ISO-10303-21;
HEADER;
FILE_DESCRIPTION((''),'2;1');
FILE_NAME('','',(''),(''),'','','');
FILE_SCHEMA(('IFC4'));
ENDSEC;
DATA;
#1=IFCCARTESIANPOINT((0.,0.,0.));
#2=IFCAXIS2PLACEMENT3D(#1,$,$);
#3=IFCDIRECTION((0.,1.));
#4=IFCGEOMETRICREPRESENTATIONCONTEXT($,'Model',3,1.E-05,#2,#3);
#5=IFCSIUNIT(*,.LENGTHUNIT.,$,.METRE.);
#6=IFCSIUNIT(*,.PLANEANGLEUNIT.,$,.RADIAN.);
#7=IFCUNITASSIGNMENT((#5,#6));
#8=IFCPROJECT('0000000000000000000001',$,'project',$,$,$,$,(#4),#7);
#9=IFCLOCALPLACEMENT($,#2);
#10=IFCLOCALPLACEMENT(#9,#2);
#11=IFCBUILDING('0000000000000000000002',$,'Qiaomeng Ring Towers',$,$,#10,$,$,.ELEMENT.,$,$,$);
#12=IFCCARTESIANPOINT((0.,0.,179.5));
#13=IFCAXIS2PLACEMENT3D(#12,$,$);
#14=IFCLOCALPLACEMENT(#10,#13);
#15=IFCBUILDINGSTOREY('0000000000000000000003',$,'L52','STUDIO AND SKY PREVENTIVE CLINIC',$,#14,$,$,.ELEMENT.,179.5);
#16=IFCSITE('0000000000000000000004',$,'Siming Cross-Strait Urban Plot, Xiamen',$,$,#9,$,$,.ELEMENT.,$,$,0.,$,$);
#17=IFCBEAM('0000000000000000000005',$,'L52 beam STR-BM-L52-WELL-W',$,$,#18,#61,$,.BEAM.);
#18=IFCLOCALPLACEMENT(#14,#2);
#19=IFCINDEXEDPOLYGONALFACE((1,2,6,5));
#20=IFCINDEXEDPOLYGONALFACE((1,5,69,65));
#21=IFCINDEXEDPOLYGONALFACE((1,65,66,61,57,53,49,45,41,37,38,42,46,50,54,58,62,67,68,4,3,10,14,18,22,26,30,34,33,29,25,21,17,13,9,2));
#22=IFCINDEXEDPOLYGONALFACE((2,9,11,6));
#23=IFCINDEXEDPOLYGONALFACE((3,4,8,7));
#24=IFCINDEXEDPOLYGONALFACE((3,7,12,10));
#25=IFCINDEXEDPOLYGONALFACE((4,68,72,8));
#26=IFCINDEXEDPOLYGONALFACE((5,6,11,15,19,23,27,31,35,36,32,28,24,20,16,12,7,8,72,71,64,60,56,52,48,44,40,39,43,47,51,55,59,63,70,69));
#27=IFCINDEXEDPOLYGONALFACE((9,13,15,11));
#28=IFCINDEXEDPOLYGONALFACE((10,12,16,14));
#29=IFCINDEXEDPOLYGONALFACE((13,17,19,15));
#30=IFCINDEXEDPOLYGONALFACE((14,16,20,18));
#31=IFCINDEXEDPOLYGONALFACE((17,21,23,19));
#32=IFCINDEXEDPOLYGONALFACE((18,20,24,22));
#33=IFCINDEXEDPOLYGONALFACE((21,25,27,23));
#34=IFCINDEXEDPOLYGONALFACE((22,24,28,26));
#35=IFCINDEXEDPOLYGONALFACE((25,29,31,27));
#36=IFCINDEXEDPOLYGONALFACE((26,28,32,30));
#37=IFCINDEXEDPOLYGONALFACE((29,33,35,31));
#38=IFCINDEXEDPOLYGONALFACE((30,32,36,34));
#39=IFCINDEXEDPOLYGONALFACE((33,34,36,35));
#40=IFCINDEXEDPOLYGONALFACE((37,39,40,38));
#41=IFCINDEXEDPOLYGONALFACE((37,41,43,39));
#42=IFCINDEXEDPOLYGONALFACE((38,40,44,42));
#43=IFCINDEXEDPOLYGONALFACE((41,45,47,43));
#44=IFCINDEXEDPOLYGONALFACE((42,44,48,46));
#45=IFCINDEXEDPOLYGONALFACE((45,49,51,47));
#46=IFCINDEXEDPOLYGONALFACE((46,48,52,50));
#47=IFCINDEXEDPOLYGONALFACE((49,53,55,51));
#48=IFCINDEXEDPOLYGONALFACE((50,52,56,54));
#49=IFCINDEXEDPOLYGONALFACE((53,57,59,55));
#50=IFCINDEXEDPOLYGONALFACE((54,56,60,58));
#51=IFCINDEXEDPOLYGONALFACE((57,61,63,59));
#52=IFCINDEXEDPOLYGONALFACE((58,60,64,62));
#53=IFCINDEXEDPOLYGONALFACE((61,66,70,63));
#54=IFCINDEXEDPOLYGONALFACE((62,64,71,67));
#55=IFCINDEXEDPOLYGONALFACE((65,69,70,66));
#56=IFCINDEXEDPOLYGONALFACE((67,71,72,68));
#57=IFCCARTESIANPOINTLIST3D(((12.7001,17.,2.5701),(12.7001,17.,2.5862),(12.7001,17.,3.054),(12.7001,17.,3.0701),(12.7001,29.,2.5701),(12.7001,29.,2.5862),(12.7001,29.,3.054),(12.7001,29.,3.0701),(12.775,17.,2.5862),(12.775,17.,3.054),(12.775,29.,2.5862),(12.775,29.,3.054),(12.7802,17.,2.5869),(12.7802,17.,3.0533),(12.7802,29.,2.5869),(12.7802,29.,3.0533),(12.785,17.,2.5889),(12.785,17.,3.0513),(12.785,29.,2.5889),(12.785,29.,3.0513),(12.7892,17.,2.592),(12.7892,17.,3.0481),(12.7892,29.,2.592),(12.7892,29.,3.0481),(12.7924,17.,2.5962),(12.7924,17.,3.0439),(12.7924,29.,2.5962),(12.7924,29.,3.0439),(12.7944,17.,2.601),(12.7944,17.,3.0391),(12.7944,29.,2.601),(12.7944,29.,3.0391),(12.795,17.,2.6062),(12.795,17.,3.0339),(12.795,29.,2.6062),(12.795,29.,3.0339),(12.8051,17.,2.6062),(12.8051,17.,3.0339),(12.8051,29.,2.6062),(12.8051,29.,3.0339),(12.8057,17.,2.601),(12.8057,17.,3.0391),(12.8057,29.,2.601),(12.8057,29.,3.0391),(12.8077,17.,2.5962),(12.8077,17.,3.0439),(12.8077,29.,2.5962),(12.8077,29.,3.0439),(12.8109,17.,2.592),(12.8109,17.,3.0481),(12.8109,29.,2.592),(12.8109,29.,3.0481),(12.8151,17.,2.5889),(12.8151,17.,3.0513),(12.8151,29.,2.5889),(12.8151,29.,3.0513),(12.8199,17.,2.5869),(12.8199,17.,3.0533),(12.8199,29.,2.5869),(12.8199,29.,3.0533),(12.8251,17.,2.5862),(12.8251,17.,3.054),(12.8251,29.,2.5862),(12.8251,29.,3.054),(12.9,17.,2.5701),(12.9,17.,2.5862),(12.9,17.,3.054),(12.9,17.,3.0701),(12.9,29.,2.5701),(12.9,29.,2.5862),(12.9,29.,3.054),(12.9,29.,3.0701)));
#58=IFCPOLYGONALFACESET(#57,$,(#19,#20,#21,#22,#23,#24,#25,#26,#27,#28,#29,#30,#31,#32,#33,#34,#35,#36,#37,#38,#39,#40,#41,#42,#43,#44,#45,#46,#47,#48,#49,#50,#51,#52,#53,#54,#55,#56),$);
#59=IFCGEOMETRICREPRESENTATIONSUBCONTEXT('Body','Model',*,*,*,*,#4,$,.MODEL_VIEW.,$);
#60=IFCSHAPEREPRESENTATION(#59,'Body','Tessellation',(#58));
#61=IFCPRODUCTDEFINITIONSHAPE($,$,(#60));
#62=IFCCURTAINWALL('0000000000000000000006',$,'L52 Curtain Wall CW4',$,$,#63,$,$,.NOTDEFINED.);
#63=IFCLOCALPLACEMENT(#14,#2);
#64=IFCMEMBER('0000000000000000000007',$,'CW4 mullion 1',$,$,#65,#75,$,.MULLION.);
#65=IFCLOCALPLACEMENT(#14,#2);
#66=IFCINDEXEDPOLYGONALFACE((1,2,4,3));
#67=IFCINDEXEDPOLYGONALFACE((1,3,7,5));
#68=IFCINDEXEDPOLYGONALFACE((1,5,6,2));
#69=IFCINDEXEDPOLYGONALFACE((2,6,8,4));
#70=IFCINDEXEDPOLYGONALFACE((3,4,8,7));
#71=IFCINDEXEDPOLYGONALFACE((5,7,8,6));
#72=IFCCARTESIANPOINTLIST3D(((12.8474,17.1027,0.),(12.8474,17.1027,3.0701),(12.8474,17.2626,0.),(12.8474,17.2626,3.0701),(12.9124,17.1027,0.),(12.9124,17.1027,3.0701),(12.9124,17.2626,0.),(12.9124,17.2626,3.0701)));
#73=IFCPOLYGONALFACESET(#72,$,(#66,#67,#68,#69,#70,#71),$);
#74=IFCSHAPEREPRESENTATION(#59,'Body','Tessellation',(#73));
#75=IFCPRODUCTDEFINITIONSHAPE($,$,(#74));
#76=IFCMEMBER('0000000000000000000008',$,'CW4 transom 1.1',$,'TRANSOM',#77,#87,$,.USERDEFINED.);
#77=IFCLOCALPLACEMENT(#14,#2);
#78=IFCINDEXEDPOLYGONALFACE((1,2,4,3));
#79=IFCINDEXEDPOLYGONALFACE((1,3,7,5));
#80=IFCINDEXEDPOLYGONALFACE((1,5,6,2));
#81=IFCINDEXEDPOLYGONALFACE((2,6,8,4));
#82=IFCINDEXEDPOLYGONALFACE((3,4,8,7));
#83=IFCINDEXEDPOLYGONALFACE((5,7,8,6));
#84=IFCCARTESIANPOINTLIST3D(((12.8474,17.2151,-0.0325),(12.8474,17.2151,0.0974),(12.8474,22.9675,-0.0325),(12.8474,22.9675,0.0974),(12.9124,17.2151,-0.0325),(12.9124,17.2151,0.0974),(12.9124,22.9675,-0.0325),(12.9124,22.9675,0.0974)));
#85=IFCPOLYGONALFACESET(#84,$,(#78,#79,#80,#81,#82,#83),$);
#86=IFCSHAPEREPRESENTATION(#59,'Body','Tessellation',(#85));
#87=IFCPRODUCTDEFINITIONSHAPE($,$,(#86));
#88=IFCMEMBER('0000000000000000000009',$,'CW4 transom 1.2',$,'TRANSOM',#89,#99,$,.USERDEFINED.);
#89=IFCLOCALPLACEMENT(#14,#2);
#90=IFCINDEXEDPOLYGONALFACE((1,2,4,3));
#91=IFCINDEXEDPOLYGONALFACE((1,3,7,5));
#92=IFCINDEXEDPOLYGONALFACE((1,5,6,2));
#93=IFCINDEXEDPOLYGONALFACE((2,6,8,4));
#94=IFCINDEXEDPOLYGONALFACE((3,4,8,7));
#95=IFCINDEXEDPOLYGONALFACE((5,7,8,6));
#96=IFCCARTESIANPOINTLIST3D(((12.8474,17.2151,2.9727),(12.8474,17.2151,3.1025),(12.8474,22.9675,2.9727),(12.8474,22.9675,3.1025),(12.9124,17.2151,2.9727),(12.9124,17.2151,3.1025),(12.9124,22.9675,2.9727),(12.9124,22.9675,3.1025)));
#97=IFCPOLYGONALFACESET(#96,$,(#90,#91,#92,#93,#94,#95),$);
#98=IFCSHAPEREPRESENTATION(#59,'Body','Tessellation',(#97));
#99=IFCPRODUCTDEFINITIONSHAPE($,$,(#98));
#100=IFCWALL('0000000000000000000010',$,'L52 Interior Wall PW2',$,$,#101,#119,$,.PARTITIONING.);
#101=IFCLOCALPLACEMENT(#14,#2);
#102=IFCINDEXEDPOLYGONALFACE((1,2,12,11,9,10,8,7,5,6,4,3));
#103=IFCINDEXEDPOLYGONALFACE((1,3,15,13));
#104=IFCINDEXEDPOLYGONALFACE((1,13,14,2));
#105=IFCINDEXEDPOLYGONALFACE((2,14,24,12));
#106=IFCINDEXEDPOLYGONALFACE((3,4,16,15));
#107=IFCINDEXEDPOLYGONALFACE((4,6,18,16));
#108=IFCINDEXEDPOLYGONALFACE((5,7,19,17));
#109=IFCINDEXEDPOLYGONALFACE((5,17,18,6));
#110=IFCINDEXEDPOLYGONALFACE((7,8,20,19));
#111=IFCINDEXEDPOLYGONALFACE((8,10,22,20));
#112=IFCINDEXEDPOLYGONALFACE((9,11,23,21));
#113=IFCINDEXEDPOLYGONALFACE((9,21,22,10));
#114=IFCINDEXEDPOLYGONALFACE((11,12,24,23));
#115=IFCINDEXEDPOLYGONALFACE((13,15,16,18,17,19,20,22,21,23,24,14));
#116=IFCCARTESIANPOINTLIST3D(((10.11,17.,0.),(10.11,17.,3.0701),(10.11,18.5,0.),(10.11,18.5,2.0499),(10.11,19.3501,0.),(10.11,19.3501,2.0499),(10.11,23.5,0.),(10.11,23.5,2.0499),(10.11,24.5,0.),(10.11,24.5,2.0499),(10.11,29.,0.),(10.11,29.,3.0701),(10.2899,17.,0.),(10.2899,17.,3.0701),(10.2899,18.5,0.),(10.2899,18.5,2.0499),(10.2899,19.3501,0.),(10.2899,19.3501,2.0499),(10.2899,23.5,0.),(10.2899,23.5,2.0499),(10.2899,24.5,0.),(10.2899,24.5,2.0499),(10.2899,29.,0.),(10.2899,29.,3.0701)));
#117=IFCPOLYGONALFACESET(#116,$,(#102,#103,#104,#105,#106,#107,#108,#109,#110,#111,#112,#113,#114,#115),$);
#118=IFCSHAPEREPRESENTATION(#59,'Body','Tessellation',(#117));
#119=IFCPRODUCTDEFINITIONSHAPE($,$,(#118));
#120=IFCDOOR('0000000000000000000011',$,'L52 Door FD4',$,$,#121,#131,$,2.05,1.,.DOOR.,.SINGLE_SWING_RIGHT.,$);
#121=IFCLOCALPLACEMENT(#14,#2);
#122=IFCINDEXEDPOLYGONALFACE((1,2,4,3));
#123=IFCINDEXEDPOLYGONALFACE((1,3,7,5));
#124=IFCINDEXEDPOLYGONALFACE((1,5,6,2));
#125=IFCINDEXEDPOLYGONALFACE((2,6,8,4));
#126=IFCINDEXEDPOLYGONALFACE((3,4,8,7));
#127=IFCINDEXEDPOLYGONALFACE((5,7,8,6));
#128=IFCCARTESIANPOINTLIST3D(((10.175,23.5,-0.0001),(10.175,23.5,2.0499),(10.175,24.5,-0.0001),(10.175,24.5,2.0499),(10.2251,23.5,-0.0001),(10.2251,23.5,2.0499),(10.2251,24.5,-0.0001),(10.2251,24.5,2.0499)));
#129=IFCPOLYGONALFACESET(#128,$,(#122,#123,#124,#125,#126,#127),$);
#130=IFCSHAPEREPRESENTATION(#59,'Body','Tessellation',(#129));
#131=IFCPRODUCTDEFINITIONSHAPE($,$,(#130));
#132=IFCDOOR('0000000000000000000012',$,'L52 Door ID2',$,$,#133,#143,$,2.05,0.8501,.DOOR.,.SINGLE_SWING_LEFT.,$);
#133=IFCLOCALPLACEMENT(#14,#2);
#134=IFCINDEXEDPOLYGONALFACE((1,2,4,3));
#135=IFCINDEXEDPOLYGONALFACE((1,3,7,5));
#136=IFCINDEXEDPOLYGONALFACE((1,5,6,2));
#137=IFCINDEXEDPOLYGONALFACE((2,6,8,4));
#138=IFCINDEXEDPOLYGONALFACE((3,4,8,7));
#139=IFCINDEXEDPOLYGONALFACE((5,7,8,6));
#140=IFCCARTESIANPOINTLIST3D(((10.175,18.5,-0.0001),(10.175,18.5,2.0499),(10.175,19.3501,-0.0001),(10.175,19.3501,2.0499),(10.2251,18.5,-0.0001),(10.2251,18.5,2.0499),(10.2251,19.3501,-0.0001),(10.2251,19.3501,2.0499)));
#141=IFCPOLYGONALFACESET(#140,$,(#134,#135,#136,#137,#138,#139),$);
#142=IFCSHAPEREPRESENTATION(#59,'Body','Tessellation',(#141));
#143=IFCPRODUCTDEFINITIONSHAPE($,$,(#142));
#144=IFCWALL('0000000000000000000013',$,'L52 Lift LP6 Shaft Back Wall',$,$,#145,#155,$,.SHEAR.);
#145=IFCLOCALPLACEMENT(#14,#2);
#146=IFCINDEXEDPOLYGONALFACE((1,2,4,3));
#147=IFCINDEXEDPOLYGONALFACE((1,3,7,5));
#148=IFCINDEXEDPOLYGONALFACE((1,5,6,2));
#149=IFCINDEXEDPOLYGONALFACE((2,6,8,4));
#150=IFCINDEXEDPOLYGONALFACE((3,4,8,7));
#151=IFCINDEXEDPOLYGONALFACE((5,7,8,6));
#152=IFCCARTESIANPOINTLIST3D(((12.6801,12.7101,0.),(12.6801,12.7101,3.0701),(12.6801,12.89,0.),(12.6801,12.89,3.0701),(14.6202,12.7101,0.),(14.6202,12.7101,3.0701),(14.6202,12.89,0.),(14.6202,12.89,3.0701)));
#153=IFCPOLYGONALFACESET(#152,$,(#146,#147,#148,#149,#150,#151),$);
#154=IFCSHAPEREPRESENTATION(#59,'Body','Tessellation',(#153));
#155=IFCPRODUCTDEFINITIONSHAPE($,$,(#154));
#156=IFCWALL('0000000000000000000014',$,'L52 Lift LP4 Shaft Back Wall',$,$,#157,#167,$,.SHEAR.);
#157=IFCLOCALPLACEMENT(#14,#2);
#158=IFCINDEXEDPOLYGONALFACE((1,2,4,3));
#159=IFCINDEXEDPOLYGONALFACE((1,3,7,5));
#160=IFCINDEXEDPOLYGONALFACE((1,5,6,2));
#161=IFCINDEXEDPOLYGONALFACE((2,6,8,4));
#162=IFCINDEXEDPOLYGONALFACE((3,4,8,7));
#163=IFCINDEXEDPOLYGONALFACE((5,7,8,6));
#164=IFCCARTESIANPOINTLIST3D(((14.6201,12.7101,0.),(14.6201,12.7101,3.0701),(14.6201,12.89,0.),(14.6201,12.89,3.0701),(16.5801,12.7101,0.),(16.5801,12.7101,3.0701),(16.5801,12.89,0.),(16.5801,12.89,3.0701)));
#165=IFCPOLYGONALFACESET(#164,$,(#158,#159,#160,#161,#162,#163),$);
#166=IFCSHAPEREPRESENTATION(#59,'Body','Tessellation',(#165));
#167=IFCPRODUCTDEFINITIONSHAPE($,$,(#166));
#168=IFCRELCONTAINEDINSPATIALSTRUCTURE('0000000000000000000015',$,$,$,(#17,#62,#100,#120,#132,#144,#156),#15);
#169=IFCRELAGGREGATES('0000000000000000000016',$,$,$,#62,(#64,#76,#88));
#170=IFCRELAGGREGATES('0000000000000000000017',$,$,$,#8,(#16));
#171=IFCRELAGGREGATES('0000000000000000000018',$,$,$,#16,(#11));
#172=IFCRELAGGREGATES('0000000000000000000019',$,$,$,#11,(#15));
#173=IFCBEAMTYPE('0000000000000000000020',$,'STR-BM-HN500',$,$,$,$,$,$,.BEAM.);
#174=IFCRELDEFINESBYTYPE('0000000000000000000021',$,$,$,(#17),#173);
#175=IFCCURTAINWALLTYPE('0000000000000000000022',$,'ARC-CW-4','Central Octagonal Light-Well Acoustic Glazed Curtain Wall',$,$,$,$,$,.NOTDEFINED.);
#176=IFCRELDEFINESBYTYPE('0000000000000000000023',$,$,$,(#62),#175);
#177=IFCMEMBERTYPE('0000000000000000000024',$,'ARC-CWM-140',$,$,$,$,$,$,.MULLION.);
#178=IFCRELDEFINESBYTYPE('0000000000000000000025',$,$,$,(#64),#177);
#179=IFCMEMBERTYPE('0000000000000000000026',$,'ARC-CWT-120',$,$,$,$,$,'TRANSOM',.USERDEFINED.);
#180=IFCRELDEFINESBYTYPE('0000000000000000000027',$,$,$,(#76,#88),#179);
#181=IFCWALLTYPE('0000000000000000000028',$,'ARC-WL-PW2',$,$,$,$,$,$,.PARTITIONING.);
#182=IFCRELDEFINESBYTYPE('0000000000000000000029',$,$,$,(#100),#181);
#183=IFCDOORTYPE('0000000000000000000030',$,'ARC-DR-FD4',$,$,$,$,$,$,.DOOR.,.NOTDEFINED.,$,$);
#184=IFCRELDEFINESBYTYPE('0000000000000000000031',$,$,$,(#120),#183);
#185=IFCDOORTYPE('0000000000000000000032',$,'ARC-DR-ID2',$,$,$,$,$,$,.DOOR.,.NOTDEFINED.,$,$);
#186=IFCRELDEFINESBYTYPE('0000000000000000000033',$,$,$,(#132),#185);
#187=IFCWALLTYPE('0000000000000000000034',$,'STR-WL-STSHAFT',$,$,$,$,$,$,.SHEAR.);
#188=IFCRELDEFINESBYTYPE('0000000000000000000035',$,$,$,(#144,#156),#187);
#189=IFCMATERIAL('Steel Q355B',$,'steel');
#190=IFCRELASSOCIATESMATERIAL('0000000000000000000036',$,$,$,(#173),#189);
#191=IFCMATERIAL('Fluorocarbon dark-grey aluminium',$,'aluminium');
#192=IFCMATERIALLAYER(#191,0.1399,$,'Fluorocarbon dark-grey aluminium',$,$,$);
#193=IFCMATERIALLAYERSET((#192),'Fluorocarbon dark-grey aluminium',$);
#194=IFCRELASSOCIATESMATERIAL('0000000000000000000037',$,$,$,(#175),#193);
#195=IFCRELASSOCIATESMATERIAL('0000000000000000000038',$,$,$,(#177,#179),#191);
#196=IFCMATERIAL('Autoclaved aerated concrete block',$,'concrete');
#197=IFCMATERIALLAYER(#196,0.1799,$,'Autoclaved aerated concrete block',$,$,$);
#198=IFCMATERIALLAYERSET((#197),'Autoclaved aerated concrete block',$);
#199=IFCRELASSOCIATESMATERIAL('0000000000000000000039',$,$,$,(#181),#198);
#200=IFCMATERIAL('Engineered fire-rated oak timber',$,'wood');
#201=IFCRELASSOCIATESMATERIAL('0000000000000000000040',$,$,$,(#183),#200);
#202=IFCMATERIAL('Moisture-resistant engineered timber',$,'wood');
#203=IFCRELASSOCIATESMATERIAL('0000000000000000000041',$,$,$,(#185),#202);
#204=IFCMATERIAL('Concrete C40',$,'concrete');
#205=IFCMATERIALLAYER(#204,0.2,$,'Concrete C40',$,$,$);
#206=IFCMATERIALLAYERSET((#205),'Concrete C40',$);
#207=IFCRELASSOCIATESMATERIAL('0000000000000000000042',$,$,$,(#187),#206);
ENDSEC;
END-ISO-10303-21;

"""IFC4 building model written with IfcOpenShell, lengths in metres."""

from ifc_helpers import new_model, si_unit, direction, frame, frame_2d, origin, origin_2d, place, context, subcontext, project, spatial, rectangle, i_section, extrude, source, transform, mapped, material, layer, layer_set, material_profile, profile_set, type_object, element, fill, aggregate, save


model = new_model("IFC4")

# Units and contexts
model_context = context("Model", 3, precision=1e-05, world=origin(), true_north=direction((0.0, 1.0)))
body_context = subcontext(model_context, "Body", "Model", "MODEL_VIEW")
ifc_project = project(units=[si_unit("LENGTHUNIT", "METRE"), si_unit("PLANEANGLEUNIT", "RADIAN")], contexts=[model_context])

# Site, building, storey
site_placement = place(None, origin())
site = spatial("IfcSite", under=ifc_project, at=site_placement, Name="Siming Cross-Strait Urban Plot, Xiamen", CompositionType="ELEMENT", RefElevation=0.0)
building_placement = place(site_placement, origin())
building = spatial("IfcBuilding", under=site, at=building_placement, Name="Qiaomeng Ring Towers", CompositionType="ELEMENT")
storey_placement = place(building_placement, frame((0.0, 0.0, 179.5)))
storey = spatial("IfcBuildingStorey", under=building, at=storey_placement, Name="L52", Description="STUDIO AND SKY PREVENTIVE CLINIC", CompositionType="ELEMENT", Elevation=179.5)

# Beam
ifc_material_1 = material(Name="Steel Q355B", Category="steel")
ifc_material_profile_1 = material_profile(ifc_material_1, i_section(OverallWidth=0.2, OverallDepth=0.5, WebThickness=0.01, FlangeThickness=0.0161, FilletRadius=0.02, at=origin_2d()), Name="HN 500x200x10x16")
ifc_profile_set_1 = profile_set([ifc_material_profile_1], Name="Steel Q355B")
beam_type = type_object("IfcBeamType", Name="STR-BM-HN500", PredefinedType="BEAM", material=ifc_profile_set_1)
shared_shape_1 = source(origin(), body_context, "Body", "SweptSolid", [
    extrude(i_section(OverallWidth=0.2, OverallDepth=0.5, WebThickness=0.01, FlangeThickness=0.0161, FilletRadius=0.02, at=origin_2d()), origin(), (0.0, 0.0, 1.0), 12.0),
])
beam_placement = place(storey_placement, frame((12.8, 17.0, 2.8201), z_axis=(0.0, 1.0, 0.0), x_axis=(-1.0, 0.0, 0.0)))
element("IfcBeam", 1, at=beam_placement, inside=storey, type_object=beam_type, Name="L52 beam STR-BM-L52-WELL-W", PredefinedType="BEAM", context=body_context, shape_type="MappedRepresentation", body=[
    mapped(shared_shape_1, transform((0.0, 0.0, 0.0), x_axis=(1.0, 0.0, 0.0), y_axis=(0.0, 1.0, 0.0), z_axis=(0.0, 0.0, 1.0), scale=1.0)),
])

# Curtain wall, members
ifc_material_2 = material(Name="Fluorocarbon dark-grey aluminium", Category="aluminium")
ifc_layer_1 = layer(ifc_material_2, 0.1399, Name="Fluorocarbon dark-grey aluminium")
ifc_layer_set_1 = layer_set([ifc_layer_1], Name="Fluorocarbon dark-grey aluminium")
curtain_wall_type = type_object("IfcCurtainWallType", Name="ARC-CW-4", Description="Central Octagonal Light-Well Acoustic Glazed Curtain Wall", PredefinedType="NOTDEFINED", material=ifc_layer_set_1)
curtain_wall_placement = place(storey_placement, origin())
curtain_wall = element("IfcCurtainWall", 2, at=curtain_wall_placement, inside=storey, type_object=curtain_wall_type, Name="L52 Curtain Wall CW4", PredefinedType="NOTDEFINED")
ifc_material_profile_2 = material_profile(ifc_material_2, rectangle(XDim=0.0649, YDim=0.1599, at=origin_2d()), Name="ALU MULL 65x160")
ifc_profile_set_2 = profile_set([ifc_material_profile_2], Name="Fluorocarbon dark-grey aluminium")
member_type_1 = type_object("IfcMemberType", Name="ARC-CWM-140", PredefinedType="MULLION", material=ifc_profile_set_2)
shared_shape_2 = source(origin(), body_context, "Body", "SweptSolid", [
    extrude(rectangle(XDim=0.0649, YDim=0.1599, at=origin_2d()), origin(), (0.0, 0.0, 1.0), 3.0701),
])
member_1_placement = place(storey_placement, frame((12.8799, 17.1826, 0.0), z_axis=(0.0, 0.0, 1.0), x_axis=(-1.0, 0.0, 0.0)))
member_1 = element("IfcMember", 3, at=member_1_placement, type_object=member_type_1, Name="CW4 mullion 1", PredefinedType="MULLION", context=body_context, shape_type="MappedRepresentation", body=[
    mapped(shared_shape_2, transform((0.0, 0.0, 0.0), x_axis=(1.0, 0.0, 0.0), y_axis=(0.0, 1.0, 0.0), z_axis=(0.0, 0.0, 1.0), scale=1.0)),
])
ifc_material_profile_3 = material_profile(ifc_material_2, rectangle(XDim=0.0649, YDim=0.1299, at=origin_2d()), Name="ALU TRAN 65x130")
ifc_profile_set_3 = profile_set([ifc_material_profile_3], Name="Fluorocarbon dark-grey aluminium")
member_type_2 = type_object("IfcMemberType", Name="ARC-CWT-120", ElementType="TRANSOM", PredefinedType="USERDEFINED", material=ifc_profile_set_3)
shared_shape_3 = source(origin(), body_context, "Body", "SweptSolid", [
    extrude(rectangle(XDim=0.0649, YDim=0.1299, at=origin_2d()), origin(), (0.0, 0.0, 1.0), 5.7524),
])
member_2_placement = place(storey_placement, frame((12.8799, 17.2151, 0.0325), z_axis=(0.0, 1.0, 0.0), x_axis=(-1.0, 0.0, 0.0)))
member_2 = element("IfcMember", 4, at=member_2_placement, type_object=member_type_2, Name="CW4 transom 1.1", ObjectType="TRANSOM", PredefinedType="USERDEFINED", context=body_context, shape_type="MappedRepresentation", body=[
    mapped(shared_shape_3, transform((0.0, 0.0, 0.0), x_axis=(1.0, 0.0, 0.0), y_axis=(0.0, 1.0, 0.0), z_axis=(0.0, 0.0, 1.0), scale=1.0)),
])
member_3_placement = place(storey_placement, frame((12.8799, 17.2151, 3.0376), z_axis=(0.0, 1.0, 0.0), x_axis=(-1.0, 0.0, 0.0)))
member_3 = element("IfcMember", 5, at=member_3_placement, type_object=member_type_2, Name="CW4 transom 1.2", ObjectType="TRANSOM", PredefinedType="USERDEFINED", context=body_context, shape_type="MappedRepresentation", body=[
    mapped(shared_shape_3, transform((0.0, 0.0, 0.0), x_axis=(1.0, 0.0, 0.0), y_axis=(0.0, 1.0, 0.0), z_axis=(0.0, 0.0, 1.0), scale=1.0)),
])
aggregate(curtain_wall, [member_1, member_2, member_3])

# Wall, openings, doors
ifc_material_3 = material(Name="Autoclaved aerated concrete block", Category="concrete")
ifc_layer_2 = layer(ifc_material_3, 0.1799, Name="Autoclaved aerated concrete block")
ifc_layer_set_2 = layer_set([ifc_layer_2], Name="Autoclaved aerated concrete block")
wall_type_1 = type_object("IfcWallType", Name="ARC-WL-PW2", PredefinedType="PARTITIONING", material=ifc_layer_set_2)
wall_1_placement = place(storey_placement, frame((10.2, 17.0, 0.0), z_axis=(0.0, 0.0, 1.0), x_axis=(0.0, 1.0, 0.0)))
wall_1 = element("IfcWall", 6, at=wall_1_placement, inside=storey, type_object=wall_type_1, Name="L52 Interior Wall PW2", PredefinedType="PARTITIONING", context=body_context, shape_type="SweptSolid", body=[
    extrude(rectangle(XDim=12.0, YDim=0.1799, at=frame_2d((6.0, 0.0))), origin(), (0.0, 0.0, 1.0), 3.0701),
])
opening_1_placement = place(wall_1_placement, frame((1.5, 0.0, 0.0)))
opening_1 = element("IfcOpeningElement", 7, at=opening_1_placement, cuts=wall_1, PredefinedType="OPENING", context=body_context, shape_type="SweptSolid", body=[
    extrude(rectangle(XDim=0.8501, YDim=2.05, at=frame_2d((0.425, 1.0249))), frame((0.0, 0.0999, 0.0), z_axis=(0.0, -1.0, 0.0), x_axis=(1.0, 0.0, 0.0)), (0.0, 0.0, 1.0), 0.2),
])
opening_2_placement = place(wall_1_placement, frame((6.5, 0.0, 0.0)))
opening_2 = element("IfcOpeningElement", 8, at=opening_2_placement, cuts=wall_1, PredefinedType="OPENING", context=body_context, shape_type="SweptSolid", body=[
    extrude(rectangle(XDim=1.0, YDim=2.05, at=frame_2d((0.5, 1.0249))), frame((0.0, 0.0999, 0.0), z_axis=(0.0, -1.0, 0.0), x_axis=(1.0, 0.0, 0.0)), (0.0, 0.0, 1.0), 0.2),
])
ifc_material_4 = material(Name="Engineered fire-rated oak timber", Category="wood")
door_type_1 = type_object("IfcDoorType", Name="ARC-DR-FD4", OperationType="NOTDEFINED", PredefinedType="DOOR", material=ifc_material_4)
shared_shape_4 = source(origin(), body_context, "Body", "SweptSolid", [
    extrude(rectangle(XDim=1.0, YDim=2.05, at=frame_2d((0.5, 1.0249))), frame((0.0, 0.0249, 0.0), z_axis=(0.0, -1.0, 0.0), x_axis=(1.0, 0.0, 0.0)), (0.0, 0.0, 1.0), 0.05),
])
door_1_placement = place(opening_2_placement, origin())
door_1 = element("IfcDoor", 9, at=door_1_placement, inside=storey, type_object=door_type_1, Name="L52 Door FD4", OperationType="SINGLE_SWING_RIGHT", OverallHeight=2.05, OverallWidth=1.0, PredefinedType="DOOR", context=body_context, shape_type="MappedRepresentation", body=[
    mapped(shared_shape_4, transform((0.0, 0.0, 0.0), x_axis=(1.0, 0.0, 0.0), y_axis=(0.0, 1.0, 0.0), z_axis=(0.0, 0.0, 1.0), scale=1.0)),
])
fill(opening_2, door_1)
ifc_material_5 = material(Name="Moisture-resistant engineered timber", Category="wood")
door_type_2 = type_object("IfcDoorType", Name="ARC-DR-ID2", OperationType="NOTDEFINED", PredefinedType="DOOR", material=ifc_material_5)
shared_shape_5 = source(origin(), body_context, "Body", "SweptSolid", [
    extrude(rectangle(XDim=0.8501, YDim=2.05, at=frame_2d((0.425, 1.0249))), frame((0.0, 0.0249, 0.0), z_axis=(0.0, -1.0, 0.0), x_axis=(1.0, 0.0, 0.0)), (0.0, 0.0, 1.0), 0.05),
])
door_2_placement = place(opening_1_placement, origin())
door_2 = element("IfcDoor", 10, at=door_2_placement, inside=storey, type_object=door_type_2, Name="L52 Door ID2", OperationType="SINGLE_SWING_LEFT", OverallHeight=2.05, OverallWidth=0.8501, PredefinedType="DOOR", context=body_context, shape_type="MappedRepresentation", body=[
    mapped(shared_shape_5, transform((0.0, 0.0, 0.0), x_axis=(1.0, 0.0, 0.0), y_axis=(0.0, 1.0, 0.0), z_axis=(0.0, 0.0, 1.0), scale=1.0)),
])
fill(opening_1, door_2)

# Walls
ifc_material_6 = material(Name="Concrete C40", Category="concrete")
ifc_layer_3 = layer(ifc_material_6, 0.2, Name="Concrete C40")
ifc_layer_set_3 = layer_set([ifc_layer_3], Name="Concrete C40")
wall_type_2 = type_object("IfcWallType", Name="STR-WL-STSHAFT", PredefinedType="SHEAR", material=ifc_layer_set_3)
wall_2_placement = place(storey_placement, frame((12.6799, 12.8, 0.0), z_axis=(0.0, 0.0, 1.0), x_axis=(1.0, 0.0, 0.0)))
element("IfcWall", 11, at=wall_2_placement, inside=storey, type_object=wall_type_2, Name="L52 Lift LP6 Shaft Back Wall", PredefinedType="SHEAR", context=body_context, shape_type="SweptSolid", body=[
    extrude(rectangle(XDim=1.9402, YDim=0.1799, at=frame_2d((0.9702, 0.0))), origin(), (0.0, 0.0, 1.0), 3.0701),
])
wall_3_placement = place(storey_placement, frame((14.6201, 12.8, 0.0), z_axis=(0.0, 0.0, 1.0), x_axis=(1.0, 0.0, 0.0)))
element("IfcWall", 12, at=wall_3_placement, inside=storey, type_object=wall_type_2, Name="L52 Lift LP4 Shaft Back Wall", PredefinedType="SHEAR", context=body_context, shape_type="SweptSolid", body=[
    extrude(rectangle(XDim=1.96, YDim=0.1799, at=frame_2d((0.98, 0.0))), origin(), (0.0, 0.0, 1.0), 3.0701),
])

save(model, "model.ifc")
